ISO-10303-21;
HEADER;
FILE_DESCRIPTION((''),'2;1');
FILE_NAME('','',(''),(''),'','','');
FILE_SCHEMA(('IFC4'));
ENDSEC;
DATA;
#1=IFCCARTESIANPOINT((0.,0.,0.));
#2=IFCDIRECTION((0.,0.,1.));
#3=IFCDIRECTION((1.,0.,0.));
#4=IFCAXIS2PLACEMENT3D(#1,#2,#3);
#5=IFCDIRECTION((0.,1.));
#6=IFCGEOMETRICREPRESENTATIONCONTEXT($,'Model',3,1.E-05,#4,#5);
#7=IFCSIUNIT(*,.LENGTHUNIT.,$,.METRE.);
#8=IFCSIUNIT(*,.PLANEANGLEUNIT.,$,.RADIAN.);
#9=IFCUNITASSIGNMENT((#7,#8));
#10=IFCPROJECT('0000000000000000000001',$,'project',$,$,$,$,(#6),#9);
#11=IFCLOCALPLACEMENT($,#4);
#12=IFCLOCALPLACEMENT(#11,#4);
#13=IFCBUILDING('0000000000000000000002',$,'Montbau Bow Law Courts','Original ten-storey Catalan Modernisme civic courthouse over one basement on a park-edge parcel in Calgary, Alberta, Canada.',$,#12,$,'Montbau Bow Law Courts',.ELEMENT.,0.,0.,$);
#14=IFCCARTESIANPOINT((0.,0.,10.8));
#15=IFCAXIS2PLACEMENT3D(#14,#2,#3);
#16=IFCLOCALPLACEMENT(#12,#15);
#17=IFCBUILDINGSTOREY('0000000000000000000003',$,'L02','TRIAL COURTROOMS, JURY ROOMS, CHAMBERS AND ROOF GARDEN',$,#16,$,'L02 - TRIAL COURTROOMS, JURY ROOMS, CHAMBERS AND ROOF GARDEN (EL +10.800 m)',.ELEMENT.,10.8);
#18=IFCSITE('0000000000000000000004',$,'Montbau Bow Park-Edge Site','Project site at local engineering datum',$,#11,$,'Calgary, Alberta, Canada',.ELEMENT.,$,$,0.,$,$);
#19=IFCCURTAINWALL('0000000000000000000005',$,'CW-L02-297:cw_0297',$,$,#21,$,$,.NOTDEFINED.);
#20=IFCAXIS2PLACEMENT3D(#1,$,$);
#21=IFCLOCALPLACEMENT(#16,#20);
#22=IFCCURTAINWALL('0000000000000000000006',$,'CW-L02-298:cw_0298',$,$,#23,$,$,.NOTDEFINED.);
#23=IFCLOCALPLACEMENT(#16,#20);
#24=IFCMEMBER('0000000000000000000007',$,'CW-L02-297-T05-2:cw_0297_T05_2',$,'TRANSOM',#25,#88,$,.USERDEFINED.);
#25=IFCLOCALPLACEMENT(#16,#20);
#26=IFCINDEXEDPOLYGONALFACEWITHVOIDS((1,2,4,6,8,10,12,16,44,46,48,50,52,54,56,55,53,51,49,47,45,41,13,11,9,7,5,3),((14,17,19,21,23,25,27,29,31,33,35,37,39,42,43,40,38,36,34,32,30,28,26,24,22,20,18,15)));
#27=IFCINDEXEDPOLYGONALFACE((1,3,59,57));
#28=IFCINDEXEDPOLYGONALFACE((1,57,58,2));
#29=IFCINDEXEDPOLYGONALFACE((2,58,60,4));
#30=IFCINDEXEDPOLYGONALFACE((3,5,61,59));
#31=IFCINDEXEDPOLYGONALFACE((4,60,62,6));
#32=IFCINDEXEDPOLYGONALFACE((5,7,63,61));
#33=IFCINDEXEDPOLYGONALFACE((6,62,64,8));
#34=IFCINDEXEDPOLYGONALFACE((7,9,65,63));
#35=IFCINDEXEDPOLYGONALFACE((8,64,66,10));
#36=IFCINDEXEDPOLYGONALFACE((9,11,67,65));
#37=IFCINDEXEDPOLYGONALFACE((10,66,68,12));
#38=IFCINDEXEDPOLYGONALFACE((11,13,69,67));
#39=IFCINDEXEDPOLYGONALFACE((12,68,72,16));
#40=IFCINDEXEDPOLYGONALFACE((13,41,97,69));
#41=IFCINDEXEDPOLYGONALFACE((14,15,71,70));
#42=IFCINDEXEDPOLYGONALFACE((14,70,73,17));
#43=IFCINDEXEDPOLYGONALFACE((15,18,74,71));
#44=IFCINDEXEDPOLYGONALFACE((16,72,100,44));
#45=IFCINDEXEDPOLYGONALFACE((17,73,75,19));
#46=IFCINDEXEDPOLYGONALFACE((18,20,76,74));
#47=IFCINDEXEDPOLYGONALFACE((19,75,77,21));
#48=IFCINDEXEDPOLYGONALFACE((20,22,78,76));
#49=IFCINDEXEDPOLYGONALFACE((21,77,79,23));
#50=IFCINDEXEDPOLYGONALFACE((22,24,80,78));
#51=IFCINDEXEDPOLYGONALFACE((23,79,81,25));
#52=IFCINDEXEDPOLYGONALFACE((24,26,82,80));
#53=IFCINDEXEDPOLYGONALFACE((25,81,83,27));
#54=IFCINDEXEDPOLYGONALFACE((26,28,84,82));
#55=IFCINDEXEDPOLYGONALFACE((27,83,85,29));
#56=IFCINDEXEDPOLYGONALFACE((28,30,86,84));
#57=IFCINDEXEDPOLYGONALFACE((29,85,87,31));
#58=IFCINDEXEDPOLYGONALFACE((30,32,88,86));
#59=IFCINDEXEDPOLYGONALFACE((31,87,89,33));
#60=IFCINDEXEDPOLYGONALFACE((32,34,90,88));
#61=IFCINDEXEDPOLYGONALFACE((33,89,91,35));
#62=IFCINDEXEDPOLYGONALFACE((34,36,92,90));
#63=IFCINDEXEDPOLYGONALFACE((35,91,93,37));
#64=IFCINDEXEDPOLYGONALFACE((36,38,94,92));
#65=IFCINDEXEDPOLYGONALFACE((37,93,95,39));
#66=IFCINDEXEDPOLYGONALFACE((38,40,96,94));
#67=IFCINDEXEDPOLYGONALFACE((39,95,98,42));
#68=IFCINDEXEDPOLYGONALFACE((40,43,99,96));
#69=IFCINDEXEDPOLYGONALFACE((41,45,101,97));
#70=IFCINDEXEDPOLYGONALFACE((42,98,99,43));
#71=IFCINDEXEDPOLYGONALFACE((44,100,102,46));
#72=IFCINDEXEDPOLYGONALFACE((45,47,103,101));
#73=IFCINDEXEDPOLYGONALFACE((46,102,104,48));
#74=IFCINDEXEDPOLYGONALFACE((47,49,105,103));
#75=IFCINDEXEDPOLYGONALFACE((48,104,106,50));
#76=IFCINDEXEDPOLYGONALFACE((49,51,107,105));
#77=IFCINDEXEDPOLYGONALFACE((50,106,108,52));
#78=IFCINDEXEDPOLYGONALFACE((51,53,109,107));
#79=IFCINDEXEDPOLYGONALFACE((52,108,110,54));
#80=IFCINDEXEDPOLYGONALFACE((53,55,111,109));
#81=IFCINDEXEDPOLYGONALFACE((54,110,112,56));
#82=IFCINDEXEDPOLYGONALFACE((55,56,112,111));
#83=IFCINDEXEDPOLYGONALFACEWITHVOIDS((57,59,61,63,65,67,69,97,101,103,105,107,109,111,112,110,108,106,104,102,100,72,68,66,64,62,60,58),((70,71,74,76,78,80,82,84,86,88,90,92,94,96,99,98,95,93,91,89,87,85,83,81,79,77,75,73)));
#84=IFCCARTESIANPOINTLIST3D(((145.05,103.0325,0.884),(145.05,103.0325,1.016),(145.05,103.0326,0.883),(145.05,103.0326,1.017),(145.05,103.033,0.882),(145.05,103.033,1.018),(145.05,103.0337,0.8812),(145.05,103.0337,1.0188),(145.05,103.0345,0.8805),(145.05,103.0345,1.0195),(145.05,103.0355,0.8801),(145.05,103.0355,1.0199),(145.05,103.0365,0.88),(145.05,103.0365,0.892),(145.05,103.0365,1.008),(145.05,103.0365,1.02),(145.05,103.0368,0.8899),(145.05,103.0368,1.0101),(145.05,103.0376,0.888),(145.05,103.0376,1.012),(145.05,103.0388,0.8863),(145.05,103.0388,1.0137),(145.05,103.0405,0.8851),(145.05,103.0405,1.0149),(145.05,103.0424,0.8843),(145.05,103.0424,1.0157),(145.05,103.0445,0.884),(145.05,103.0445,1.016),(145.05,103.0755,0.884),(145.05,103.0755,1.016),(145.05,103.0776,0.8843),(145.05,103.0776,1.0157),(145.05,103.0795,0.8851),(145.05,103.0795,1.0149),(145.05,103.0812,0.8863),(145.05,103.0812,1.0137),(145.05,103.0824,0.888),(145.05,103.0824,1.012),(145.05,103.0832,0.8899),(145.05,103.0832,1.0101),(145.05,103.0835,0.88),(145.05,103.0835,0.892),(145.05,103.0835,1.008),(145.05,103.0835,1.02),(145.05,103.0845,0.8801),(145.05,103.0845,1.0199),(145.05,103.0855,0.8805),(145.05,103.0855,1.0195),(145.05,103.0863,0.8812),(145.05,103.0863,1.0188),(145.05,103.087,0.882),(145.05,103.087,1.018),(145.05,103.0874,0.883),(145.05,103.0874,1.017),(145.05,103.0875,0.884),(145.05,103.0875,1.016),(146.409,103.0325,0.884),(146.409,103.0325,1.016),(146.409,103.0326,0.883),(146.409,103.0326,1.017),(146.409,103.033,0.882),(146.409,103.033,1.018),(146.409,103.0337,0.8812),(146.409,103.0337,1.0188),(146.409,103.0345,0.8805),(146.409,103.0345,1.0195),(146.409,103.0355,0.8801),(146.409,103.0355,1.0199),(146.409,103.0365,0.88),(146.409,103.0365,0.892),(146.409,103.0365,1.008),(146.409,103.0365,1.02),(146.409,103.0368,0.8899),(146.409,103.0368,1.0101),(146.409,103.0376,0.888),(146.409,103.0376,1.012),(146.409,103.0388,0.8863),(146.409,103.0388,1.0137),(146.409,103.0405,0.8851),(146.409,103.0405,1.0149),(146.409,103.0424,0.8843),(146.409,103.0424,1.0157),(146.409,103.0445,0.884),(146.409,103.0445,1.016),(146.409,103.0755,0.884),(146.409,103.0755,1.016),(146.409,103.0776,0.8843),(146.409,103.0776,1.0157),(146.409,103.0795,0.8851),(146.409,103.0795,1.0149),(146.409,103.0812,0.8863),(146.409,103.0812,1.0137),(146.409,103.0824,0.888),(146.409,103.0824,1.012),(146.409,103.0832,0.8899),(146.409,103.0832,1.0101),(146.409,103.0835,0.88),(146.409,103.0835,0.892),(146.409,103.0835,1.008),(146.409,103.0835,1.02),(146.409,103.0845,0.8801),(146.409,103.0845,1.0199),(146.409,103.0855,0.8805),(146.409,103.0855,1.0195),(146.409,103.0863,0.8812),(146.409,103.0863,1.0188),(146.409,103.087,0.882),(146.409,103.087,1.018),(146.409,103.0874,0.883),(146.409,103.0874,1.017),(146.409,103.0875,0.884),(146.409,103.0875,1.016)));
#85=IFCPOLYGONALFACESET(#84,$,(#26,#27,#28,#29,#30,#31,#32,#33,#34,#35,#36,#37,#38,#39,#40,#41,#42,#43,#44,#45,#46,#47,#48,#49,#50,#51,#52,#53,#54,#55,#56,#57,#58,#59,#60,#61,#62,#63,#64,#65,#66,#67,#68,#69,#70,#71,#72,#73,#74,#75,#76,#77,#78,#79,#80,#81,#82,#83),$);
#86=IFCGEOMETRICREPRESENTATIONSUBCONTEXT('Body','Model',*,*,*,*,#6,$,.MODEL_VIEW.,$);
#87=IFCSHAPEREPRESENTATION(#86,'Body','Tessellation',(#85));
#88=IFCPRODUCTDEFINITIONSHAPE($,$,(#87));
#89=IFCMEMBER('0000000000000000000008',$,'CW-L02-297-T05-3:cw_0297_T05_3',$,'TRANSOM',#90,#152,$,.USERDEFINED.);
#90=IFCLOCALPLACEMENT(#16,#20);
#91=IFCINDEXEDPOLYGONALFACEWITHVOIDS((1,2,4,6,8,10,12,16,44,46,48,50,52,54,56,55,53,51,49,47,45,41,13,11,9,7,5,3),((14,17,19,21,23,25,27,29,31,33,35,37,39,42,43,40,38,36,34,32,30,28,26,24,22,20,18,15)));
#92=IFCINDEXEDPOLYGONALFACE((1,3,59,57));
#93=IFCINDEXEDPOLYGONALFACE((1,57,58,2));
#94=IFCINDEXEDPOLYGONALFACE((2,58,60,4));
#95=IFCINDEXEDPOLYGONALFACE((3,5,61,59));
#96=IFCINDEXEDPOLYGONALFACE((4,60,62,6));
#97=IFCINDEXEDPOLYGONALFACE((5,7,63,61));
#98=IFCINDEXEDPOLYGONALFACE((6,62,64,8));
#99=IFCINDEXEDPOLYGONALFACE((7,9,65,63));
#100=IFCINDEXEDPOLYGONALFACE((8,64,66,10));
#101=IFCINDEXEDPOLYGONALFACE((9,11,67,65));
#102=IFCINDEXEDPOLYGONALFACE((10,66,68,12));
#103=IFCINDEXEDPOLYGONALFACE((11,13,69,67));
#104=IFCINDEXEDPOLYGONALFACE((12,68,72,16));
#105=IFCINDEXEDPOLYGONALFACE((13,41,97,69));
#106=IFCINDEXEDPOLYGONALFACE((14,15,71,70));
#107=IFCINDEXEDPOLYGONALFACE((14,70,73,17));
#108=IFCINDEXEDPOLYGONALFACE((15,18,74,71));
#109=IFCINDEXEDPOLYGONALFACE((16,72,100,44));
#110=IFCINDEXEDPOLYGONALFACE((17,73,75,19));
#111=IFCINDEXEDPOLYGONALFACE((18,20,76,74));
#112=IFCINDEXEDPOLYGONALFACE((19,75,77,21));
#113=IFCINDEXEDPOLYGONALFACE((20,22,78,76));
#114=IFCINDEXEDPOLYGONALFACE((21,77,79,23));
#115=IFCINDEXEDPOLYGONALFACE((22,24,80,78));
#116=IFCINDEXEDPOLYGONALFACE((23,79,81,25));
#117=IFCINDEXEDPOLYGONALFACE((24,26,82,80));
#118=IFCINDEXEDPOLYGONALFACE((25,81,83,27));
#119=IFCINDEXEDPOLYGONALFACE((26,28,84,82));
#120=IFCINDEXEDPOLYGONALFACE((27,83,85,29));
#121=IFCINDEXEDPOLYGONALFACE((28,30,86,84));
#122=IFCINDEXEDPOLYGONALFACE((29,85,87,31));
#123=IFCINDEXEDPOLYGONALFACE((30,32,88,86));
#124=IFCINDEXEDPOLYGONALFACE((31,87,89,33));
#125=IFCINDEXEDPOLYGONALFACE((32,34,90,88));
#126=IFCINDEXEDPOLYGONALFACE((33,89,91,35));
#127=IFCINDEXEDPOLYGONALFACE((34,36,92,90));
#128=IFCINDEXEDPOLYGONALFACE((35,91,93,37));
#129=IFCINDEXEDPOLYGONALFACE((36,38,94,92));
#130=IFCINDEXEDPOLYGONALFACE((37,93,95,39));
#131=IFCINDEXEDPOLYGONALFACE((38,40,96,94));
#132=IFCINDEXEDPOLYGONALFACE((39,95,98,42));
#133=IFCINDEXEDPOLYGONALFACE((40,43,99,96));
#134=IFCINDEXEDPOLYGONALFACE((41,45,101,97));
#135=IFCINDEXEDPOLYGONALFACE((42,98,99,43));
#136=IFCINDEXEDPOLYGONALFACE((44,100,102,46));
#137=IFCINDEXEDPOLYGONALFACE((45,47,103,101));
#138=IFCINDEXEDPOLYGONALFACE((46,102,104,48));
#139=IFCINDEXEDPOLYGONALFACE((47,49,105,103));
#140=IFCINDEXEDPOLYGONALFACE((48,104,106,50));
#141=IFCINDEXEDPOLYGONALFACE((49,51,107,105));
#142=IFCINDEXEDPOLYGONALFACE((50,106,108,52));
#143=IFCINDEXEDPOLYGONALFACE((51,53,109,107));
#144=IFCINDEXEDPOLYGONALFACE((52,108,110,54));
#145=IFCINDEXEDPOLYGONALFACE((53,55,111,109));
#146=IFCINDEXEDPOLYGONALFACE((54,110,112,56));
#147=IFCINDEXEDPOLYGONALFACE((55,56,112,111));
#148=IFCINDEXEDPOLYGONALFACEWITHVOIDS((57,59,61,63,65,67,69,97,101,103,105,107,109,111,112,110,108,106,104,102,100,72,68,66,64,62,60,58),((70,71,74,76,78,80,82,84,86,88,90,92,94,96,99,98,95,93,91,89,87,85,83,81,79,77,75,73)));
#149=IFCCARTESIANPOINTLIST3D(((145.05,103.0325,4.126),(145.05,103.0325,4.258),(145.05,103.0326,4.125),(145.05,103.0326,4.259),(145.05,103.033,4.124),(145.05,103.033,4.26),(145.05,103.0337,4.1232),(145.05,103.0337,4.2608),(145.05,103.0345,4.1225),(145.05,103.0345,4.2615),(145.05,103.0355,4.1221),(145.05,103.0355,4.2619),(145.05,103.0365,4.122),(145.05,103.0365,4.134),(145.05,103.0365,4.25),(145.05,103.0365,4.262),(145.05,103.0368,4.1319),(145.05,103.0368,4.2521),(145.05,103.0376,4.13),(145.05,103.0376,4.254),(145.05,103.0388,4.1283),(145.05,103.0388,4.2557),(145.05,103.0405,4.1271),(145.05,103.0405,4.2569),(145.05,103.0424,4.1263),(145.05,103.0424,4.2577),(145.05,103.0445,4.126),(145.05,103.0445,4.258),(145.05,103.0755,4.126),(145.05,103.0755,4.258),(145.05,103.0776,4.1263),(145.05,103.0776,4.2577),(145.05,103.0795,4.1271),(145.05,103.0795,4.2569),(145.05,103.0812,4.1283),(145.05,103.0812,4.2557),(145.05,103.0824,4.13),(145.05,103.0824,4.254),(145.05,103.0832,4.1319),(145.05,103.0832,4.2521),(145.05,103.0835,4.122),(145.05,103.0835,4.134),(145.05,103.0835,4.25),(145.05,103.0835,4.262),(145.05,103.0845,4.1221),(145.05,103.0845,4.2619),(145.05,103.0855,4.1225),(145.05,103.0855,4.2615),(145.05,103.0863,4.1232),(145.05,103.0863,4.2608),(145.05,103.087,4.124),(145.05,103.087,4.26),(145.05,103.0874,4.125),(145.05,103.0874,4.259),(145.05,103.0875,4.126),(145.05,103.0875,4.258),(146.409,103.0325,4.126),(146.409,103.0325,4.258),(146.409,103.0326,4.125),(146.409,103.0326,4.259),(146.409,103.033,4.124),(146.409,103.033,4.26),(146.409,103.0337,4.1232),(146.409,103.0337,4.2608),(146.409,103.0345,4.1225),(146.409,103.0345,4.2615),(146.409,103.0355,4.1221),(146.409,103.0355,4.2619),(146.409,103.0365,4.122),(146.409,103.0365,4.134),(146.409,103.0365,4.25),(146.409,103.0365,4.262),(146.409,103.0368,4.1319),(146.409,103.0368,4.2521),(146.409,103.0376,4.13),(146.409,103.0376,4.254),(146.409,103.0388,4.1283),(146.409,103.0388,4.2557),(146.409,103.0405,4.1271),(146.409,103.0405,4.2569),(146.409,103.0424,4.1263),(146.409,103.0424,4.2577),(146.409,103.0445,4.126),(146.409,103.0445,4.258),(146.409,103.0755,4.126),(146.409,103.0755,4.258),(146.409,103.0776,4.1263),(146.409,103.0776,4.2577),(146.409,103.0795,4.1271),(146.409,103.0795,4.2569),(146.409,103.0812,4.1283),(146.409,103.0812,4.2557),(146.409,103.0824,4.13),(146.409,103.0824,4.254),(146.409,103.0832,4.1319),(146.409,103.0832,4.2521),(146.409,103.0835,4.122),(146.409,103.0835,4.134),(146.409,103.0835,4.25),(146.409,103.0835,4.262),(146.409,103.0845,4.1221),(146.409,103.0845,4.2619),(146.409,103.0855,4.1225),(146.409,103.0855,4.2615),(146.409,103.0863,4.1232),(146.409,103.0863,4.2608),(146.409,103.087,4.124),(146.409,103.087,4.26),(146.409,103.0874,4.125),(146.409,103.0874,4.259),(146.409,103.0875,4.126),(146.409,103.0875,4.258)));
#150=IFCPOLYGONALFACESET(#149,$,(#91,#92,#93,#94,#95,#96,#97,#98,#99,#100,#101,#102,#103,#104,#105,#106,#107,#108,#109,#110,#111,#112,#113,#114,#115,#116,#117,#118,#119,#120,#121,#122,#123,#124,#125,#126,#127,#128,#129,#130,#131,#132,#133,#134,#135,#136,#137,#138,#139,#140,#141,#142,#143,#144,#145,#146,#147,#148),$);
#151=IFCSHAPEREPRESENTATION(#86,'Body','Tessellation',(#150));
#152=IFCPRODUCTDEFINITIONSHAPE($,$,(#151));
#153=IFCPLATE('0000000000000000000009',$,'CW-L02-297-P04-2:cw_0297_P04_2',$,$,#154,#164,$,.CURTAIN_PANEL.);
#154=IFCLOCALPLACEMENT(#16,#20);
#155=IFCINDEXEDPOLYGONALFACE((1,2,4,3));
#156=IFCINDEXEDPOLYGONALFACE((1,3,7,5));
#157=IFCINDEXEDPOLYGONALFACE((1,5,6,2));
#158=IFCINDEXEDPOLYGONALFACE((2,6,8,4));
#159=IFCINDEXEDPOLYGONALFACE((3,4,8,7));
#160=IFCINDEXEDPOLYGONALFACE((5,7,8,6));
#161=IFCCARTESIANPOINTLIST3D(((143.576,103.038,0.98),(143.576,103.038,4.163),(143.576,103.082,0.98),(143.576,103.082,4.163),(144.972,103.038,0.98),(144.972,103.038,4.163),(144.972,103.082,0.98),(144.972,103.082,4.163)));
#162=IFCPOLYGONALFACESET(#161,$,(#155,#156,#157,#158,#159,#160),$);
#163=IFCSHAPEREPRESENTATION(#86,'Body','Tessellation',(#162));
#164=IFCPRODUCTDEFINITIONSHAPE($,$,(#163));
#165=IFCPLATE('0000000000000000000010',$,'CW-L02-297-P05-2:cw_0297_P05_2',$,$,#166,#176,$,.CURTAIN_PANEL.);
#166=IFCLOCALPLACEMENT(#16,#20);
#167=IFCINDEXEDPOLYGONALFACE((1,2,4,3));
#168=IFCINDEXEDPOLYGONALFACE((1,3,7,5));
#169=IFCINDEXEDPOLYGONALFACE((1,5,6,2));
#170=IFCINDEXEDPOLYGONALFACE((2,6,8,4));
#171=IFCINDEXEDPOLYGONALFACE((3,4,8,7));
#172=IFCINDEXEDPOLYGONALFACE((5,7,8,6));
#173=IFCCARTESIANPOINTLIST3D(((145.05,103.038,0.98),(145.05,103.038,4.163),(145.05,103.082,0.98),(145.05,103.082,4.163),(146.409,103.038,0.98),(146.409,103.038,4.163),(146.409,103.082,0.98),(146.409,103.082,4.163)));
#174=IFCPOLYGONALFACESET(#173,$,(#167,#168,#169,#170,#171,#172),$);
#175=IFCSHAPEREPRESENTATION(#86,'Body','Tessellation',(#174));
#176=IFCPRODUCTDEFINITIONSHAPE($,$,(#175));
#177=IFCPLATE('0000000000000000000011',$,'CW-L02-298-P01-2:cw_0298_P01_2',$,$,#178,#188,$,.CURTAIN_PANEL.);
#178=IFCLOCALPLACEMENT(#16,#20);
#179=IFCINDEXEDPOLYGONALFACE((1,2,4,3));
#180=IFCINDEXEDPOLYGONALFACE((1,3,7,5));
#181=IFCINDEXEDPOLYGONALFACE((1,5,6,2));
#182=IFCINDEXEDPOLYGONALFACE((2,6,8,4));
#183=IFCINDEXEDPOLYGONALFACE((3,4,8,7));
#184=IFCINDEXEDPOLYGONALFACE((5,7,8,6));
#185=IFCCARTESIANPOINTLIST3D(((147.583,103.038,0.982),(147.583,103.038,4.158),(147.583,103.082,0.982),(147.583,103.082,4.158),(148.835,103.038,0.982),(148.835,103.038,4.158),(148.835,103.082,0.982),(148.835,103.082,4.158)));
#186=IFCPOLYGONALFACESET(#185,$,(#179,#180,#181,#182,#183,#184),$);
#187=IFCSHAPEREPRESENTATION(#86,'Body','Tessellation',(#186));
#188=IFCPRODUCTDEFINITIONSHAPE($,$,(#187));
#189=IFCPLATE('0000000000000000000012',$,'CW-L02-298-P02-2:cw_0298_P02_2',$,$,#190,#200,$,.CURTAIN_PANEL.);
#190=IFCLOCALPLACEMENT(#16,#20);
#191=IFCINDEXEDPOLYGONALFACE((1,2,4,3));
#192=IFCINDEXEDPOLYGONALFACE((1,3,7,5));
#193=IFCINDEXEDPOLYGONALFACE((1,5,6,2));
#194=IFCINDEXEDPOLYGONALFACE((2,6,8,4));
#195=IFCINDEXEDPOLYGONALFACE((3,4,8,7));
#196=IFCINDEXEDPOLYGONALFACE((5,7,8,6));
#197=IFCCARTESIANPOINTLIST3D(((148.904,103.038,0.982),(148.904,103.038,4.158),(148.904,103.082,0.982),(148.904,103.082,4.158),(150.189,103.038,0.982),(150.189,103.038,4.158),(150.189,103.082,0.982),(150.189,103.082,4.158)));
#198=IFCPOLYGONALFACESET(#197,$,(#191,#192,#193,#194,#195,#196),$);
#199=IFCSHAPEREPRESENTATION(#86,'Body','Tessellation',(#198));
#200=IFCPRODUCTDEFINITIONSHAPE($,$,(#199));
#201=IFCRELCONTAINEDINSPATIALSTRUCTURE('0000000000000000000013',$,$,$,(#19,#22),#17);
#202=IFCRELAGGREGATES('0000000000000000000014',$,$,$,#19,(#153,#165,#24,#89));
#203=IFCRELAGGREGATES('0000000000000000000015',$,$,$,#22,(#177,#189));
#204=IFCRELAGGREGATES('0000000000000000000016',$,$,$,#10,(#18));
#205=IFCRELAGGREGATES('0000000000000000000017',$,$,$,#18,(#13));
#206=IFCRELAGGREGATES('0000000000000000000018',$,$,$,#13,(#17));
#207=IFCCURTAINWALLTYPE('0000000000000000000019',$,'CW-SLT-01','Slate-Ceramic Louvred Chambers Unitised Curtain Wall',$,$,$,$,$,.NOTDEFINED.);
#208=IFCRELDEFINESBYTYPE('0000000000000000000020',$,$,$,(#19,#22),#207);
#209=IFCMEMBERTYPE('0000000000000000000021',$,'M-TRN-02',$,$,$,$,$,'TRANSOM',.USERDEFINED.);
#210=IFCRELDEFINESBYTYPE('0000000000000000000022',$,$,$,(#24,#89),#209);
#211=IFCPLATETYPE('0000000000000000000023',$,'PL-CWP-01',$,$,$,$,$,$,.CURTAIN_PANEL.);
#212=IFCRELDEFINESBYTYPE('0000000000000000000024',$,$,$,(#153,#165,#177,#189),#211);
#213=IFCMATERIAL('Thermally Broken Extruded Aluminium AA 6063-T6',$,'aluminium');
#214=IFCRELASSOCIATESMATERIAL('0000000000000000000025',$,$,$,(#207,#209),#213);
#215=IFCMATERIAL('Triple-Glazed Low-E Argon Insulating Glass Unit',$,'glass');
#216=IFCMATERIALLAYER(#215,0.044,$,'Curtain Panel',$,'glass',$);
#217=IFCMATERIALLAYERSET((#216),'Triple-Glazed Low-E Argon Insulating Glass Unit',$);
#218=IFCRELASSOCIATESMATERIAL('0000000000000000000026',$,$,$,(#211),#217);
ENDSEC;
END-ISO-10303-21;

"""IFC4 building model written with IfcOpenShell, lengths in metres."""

from ifc_helpers import new_model, si_unit, direction, frame, frame_2d, origin_with_axes, origin_2d_with_axis, place, context, subcontext, project, spatial, rectangle, hollow_rectangle, extrude, material, layer, layer_set, material_profile, profile_set, type_object, element, aggregate, save


model = new_model("IFC4")

# Units and contexts
model_context = context("Model", 3, precision=1e-05, world=origin_with_axes(), true_north=direction((0.0, 1.0)))
body_context = subcontext(model_context, "Body", "Model", "MODEL_VIEW")
ifc_project = project(units=[si_unit("LENGTHUNIT", "METRE"), si_unit("PLANEANGLEUNIT", "RADIAN")], contexts=[model_context])

# Site, building, storey
site_placement = place(None, origin_with_axes())
site = spatial("IfcSite", under=ifc_project, at=site_placement, Name="Montbau Bow Park-Edge Site", Description="Project site at local engineering datum", LongName="Calgary, Alberta, Canada", CompositionType="ELEMENT", RefElevation=0.0)
building_placement = place(site_placement, origin_with_axes())
building = spatial("IfcBuilding", under=site, at=building_placement, Name="Montbau Bow Law Courts", Description="Original ten-storey Catalan Modernisme civic courthouse over one basement on a park-edge parcel in Calgary, Alberta, Canada.", LongName="Montbau Bow Law Courts", CompositionType="ELEMENT", ElevationOfRefHeight=0.0, ElevationOfTerrain=0.0)
storey_placement = place(building_placement, frame((0.0, 0.0, 10.8), z_axis=(0.0, 0.0, 1.0), x_axis=(1.0, 0.0, 0.0)))
storey = spatial("IfcBuildingStorey", under=building, at=storey_placement, Name="L02", Description="TRIAL COURTROOMS, JURY ROOMS, CHAMBERS AND ROOF GARDEN", LongName="L02 - TRIAL COURTROOMS, JURY ROOMS, CHAMBERS AND ROOF GARDEN (EL +10.800 m)", CompositionType="ELEMENT", Elevation=10.8)

# Curtain walls
ifc_material_1 = material(Name="Thermally Broken Extruded Aluminium AA 6063-T6", Category="aluminium")
curtain_wall_type = type_object("IfcCurtainWallType", Name="CW-SLT-01", Description="Slate-Ceramic Louvred Chambers Unitised Curtain Wall", PredefinedType="NOTDEFINED", material=ifc_material_1)
curtain_wall_1_placement = place(None, frame((139.115, 103.06, 10.8), z_axis=(0.0, 0.0, 1.0), x_axis=(1.0, 0.0, 0.0)))
curtain_wall_1 = element("IfcCurtainWall", 1, at=curtain_wall_1_placement, inside=storey, type_object=curtain_wall_type, Name="CW-L02-297:cw_0297", PredefinedType="NOTDEFINED")
curtain_wall_2_placement = place(None, frame((147.515, 103.06, 10.8), z_axis=(0.0, 0.0, 1.0), x_axis=(1.0, 0.0, 0.0)))
curtain_wall_2 = element("IfcCurtainWall", 2, at=curtain_wall_2_placement, inside=storey, type_object=curtain_wall_type, Name="CW-L02-298:cw_0298", PredefinedType="NOTDEFINED")

# Members
ifc_material_profile_1 = material_profile(ifc_material_1, hollow_rectangle(XDim=0.055, YDim=0.14, WallThickness=0.004, InnerFilletRadius=0.008, OuterFilletRadius=0.004, at=origin_2d_with_axis()), Name="CWT-140X55", Category="Main", Priority=0)
ifc_profile_set_1 = profile_set([ifc_material_profile_1], Name="Thermally Broken Extruded Aluminium AA 6063-T6")
member_type_1 = type_object("IfcMemberType", Name="M-TRN-02", ElementType="TRANSOM", PredefinedType="USERDEFINED", material=ifc_profile_set_1)
member_1_placement = place(None, frame((145.05, 103.06, 11.75), z_axis=(1.0, 0.0, 0.0), x_axis=(0.0, 1.0, 0.0)))
member_1 = element("IfcMember", 3, at=member_1_placement, type_object=member_type_1, Name="CW-L02-297-T05-2:cw_0297_T05_2", ObjectType="TRANSOM", PredefinedType="USERDEFINED", context=body_context, shape_type="SweptSolid", body=[
    extrude(hollow_rectangle(XDim=0.055, YDim=0.14, WallThickness=0.004, InnerFilletRadius=0.008, OuterFilletRadius=0.004, at=origin_2d_with_axis()), origin_with_axes(), (0.0, 0.0, 1.0), 1.359),
])
member_2_placement = place(None, frame((145.05, 103.06, 14.992), z_axis=(1.0, 0.0, 0.0), x_axis=(0.0, 1.0, 0.0)))
member_2 = element("IfcMember", 4, at=member_2_placement, type_object=member_type_1, Name="CW-L02-297-T05-3:cw_0297_T05_3", ObjectType="TRANSOM", PredefinedType="USERDEFINED", context=body_context, shape_type="SweptSolid", body=[
    extrude(hollow_rectangle(XDim=0.055, YDim=0.14, WallThickness=0.004, InnerFilletRadius=0.008, OuterFilletRadius=0.004, at=origin_2d_with_axis()), origin_with_axes(), (0.0, 0.0, 1.0), 1.359),
])

# Plates
ifc_material_2 = material(Name="Triple-Glazed Low-E Argon Insulating Glass Unit", Category="glass")
ifc_layer_1 = layer(ifc_material_2, 0.044, Name="Curtain Panel", Category="glass")
ifc_layer_set_1 = layer_set([ifc_layer_1], Name="Triple-Glazed Low-E Argon Insulating Glass Unit")
plate_type_1 = type_object("IfcPlateType", Name="PL-CWP-01", PredefinedType="CURTAIN_PANEL", material=ifc_layer_set_1)
plate_1_placement = place(None, frame((143.576, 103.06, 11.78), z_axis=(0.0, -1.0, 0.0), x_axis=(1.0, 0.0, 0.0)))
plate_1 = element("IfcPlate", 5, at=plate_1_placement, type_object=plate_type_1, Name="CW-L02-297-P04-2:cw_0297_P04_2", PredefinedType="CURTAIN_PANEL", context=body_context, shape_type="SweptSolid", body=[
    extrude(rectangle(XDim=1.396, YDim=3.183, at=frame_2d((0.698, 1.5915), x_axis=(1.0, 0.0))), frame((0.0, 0.0, -0.022), z_axis=(0.0, 0.0, 1.0), x_axis=(1.0, 0.0, 0.0)), (0.0, 0.0, 1.0), 0.044),
])
plate_2_placement = place(None, frame((145.05, 103.06, 11.78), z_axis=(0.0, -1.0, 0.0), x_axis=(1.0, 0.0, 0.0)))
plate_2 = element("IfcPlate", 6, at=plate_2_placement, type_object=plate_type_1, Name="CW-L02-297-P05-2:cw_0297_P05_2", PredefinedType="CURTAIN_PANEL", context=body_context, shape_type="SweptSolid", body=[
    extrude(rectangle(XDim=1.359, YDim=3.183, at=frame_2d((0.6795, 1.5915), x_axis=(1.0, 0.0))), frame((0.0, 0.0, -0.022), z_axis=(0.0, 0.0, 1.0), x_axis=(1.0, 0.0, 0.0)), (0.0, 0.0, 1.0), 0.044),
])
plate_3_placement = place(None, frame((147.583, 103.06, 11.782), z_axis=(0.0, -1.0, 0.0), x_axis=(1.0, 0.0, 0.0)))
plate_3 = element("IfcPlate", 7, at=plate_3_placement, type_object=plate_type_1, Name="CW-L02-298-P01-2:cw_0298_P01_2", PredefinedType="CURTAIN_PANEL", context=body_context, shape_type="SweptSolid", body=[
    extrude(rectangle(XDim=1.252, YDim=3.176, at=frame_2d((0.626, 1.588), x_axis=(1.0, 0.0))), frame((0.0, 0.0, -0.022), z_axis=(0.0, 0.0, 1.0), x_axis=(1.0, 0.0, 0.0)), (0.0, 0.0, 1.0), 0.044),
])
plate_4_placement = place(None, frame((148.904, 103.06, 11.782), z_axis=(0.0, -1.0, 0.0), x_axis=(1.0, 0.0, 0.0)))
plate_4 = element("IfcPlate", 8, at=plate_4_placement, type_object=plate_type_1, Name="CW-L02-298-P02-2:cw_0298_P02_2", PredefinedType="CURTAIN_PANEL", context=body_context, shape_type="SweptSolid", body=[
    extrude(rectangle(XDim=1.285, YDim=3.176, at=frame_2d((0.6425, 1.588), x_axis=(1.0, 0.0))), frame((0.0, 0.0, -0.022), z_axis=(0.0, 0.0, 1.0), x_axis=(1.0, 0.0, 0.0)), (0.0, 0.0, 1.0), 0.044),
])
aggregate(curtain_wall_1, [plate_1, plate_2, member_1, member_2])
aggregate(curtain_wall_2, [plate_3, plate_4])

save(model, "model.ifc")
